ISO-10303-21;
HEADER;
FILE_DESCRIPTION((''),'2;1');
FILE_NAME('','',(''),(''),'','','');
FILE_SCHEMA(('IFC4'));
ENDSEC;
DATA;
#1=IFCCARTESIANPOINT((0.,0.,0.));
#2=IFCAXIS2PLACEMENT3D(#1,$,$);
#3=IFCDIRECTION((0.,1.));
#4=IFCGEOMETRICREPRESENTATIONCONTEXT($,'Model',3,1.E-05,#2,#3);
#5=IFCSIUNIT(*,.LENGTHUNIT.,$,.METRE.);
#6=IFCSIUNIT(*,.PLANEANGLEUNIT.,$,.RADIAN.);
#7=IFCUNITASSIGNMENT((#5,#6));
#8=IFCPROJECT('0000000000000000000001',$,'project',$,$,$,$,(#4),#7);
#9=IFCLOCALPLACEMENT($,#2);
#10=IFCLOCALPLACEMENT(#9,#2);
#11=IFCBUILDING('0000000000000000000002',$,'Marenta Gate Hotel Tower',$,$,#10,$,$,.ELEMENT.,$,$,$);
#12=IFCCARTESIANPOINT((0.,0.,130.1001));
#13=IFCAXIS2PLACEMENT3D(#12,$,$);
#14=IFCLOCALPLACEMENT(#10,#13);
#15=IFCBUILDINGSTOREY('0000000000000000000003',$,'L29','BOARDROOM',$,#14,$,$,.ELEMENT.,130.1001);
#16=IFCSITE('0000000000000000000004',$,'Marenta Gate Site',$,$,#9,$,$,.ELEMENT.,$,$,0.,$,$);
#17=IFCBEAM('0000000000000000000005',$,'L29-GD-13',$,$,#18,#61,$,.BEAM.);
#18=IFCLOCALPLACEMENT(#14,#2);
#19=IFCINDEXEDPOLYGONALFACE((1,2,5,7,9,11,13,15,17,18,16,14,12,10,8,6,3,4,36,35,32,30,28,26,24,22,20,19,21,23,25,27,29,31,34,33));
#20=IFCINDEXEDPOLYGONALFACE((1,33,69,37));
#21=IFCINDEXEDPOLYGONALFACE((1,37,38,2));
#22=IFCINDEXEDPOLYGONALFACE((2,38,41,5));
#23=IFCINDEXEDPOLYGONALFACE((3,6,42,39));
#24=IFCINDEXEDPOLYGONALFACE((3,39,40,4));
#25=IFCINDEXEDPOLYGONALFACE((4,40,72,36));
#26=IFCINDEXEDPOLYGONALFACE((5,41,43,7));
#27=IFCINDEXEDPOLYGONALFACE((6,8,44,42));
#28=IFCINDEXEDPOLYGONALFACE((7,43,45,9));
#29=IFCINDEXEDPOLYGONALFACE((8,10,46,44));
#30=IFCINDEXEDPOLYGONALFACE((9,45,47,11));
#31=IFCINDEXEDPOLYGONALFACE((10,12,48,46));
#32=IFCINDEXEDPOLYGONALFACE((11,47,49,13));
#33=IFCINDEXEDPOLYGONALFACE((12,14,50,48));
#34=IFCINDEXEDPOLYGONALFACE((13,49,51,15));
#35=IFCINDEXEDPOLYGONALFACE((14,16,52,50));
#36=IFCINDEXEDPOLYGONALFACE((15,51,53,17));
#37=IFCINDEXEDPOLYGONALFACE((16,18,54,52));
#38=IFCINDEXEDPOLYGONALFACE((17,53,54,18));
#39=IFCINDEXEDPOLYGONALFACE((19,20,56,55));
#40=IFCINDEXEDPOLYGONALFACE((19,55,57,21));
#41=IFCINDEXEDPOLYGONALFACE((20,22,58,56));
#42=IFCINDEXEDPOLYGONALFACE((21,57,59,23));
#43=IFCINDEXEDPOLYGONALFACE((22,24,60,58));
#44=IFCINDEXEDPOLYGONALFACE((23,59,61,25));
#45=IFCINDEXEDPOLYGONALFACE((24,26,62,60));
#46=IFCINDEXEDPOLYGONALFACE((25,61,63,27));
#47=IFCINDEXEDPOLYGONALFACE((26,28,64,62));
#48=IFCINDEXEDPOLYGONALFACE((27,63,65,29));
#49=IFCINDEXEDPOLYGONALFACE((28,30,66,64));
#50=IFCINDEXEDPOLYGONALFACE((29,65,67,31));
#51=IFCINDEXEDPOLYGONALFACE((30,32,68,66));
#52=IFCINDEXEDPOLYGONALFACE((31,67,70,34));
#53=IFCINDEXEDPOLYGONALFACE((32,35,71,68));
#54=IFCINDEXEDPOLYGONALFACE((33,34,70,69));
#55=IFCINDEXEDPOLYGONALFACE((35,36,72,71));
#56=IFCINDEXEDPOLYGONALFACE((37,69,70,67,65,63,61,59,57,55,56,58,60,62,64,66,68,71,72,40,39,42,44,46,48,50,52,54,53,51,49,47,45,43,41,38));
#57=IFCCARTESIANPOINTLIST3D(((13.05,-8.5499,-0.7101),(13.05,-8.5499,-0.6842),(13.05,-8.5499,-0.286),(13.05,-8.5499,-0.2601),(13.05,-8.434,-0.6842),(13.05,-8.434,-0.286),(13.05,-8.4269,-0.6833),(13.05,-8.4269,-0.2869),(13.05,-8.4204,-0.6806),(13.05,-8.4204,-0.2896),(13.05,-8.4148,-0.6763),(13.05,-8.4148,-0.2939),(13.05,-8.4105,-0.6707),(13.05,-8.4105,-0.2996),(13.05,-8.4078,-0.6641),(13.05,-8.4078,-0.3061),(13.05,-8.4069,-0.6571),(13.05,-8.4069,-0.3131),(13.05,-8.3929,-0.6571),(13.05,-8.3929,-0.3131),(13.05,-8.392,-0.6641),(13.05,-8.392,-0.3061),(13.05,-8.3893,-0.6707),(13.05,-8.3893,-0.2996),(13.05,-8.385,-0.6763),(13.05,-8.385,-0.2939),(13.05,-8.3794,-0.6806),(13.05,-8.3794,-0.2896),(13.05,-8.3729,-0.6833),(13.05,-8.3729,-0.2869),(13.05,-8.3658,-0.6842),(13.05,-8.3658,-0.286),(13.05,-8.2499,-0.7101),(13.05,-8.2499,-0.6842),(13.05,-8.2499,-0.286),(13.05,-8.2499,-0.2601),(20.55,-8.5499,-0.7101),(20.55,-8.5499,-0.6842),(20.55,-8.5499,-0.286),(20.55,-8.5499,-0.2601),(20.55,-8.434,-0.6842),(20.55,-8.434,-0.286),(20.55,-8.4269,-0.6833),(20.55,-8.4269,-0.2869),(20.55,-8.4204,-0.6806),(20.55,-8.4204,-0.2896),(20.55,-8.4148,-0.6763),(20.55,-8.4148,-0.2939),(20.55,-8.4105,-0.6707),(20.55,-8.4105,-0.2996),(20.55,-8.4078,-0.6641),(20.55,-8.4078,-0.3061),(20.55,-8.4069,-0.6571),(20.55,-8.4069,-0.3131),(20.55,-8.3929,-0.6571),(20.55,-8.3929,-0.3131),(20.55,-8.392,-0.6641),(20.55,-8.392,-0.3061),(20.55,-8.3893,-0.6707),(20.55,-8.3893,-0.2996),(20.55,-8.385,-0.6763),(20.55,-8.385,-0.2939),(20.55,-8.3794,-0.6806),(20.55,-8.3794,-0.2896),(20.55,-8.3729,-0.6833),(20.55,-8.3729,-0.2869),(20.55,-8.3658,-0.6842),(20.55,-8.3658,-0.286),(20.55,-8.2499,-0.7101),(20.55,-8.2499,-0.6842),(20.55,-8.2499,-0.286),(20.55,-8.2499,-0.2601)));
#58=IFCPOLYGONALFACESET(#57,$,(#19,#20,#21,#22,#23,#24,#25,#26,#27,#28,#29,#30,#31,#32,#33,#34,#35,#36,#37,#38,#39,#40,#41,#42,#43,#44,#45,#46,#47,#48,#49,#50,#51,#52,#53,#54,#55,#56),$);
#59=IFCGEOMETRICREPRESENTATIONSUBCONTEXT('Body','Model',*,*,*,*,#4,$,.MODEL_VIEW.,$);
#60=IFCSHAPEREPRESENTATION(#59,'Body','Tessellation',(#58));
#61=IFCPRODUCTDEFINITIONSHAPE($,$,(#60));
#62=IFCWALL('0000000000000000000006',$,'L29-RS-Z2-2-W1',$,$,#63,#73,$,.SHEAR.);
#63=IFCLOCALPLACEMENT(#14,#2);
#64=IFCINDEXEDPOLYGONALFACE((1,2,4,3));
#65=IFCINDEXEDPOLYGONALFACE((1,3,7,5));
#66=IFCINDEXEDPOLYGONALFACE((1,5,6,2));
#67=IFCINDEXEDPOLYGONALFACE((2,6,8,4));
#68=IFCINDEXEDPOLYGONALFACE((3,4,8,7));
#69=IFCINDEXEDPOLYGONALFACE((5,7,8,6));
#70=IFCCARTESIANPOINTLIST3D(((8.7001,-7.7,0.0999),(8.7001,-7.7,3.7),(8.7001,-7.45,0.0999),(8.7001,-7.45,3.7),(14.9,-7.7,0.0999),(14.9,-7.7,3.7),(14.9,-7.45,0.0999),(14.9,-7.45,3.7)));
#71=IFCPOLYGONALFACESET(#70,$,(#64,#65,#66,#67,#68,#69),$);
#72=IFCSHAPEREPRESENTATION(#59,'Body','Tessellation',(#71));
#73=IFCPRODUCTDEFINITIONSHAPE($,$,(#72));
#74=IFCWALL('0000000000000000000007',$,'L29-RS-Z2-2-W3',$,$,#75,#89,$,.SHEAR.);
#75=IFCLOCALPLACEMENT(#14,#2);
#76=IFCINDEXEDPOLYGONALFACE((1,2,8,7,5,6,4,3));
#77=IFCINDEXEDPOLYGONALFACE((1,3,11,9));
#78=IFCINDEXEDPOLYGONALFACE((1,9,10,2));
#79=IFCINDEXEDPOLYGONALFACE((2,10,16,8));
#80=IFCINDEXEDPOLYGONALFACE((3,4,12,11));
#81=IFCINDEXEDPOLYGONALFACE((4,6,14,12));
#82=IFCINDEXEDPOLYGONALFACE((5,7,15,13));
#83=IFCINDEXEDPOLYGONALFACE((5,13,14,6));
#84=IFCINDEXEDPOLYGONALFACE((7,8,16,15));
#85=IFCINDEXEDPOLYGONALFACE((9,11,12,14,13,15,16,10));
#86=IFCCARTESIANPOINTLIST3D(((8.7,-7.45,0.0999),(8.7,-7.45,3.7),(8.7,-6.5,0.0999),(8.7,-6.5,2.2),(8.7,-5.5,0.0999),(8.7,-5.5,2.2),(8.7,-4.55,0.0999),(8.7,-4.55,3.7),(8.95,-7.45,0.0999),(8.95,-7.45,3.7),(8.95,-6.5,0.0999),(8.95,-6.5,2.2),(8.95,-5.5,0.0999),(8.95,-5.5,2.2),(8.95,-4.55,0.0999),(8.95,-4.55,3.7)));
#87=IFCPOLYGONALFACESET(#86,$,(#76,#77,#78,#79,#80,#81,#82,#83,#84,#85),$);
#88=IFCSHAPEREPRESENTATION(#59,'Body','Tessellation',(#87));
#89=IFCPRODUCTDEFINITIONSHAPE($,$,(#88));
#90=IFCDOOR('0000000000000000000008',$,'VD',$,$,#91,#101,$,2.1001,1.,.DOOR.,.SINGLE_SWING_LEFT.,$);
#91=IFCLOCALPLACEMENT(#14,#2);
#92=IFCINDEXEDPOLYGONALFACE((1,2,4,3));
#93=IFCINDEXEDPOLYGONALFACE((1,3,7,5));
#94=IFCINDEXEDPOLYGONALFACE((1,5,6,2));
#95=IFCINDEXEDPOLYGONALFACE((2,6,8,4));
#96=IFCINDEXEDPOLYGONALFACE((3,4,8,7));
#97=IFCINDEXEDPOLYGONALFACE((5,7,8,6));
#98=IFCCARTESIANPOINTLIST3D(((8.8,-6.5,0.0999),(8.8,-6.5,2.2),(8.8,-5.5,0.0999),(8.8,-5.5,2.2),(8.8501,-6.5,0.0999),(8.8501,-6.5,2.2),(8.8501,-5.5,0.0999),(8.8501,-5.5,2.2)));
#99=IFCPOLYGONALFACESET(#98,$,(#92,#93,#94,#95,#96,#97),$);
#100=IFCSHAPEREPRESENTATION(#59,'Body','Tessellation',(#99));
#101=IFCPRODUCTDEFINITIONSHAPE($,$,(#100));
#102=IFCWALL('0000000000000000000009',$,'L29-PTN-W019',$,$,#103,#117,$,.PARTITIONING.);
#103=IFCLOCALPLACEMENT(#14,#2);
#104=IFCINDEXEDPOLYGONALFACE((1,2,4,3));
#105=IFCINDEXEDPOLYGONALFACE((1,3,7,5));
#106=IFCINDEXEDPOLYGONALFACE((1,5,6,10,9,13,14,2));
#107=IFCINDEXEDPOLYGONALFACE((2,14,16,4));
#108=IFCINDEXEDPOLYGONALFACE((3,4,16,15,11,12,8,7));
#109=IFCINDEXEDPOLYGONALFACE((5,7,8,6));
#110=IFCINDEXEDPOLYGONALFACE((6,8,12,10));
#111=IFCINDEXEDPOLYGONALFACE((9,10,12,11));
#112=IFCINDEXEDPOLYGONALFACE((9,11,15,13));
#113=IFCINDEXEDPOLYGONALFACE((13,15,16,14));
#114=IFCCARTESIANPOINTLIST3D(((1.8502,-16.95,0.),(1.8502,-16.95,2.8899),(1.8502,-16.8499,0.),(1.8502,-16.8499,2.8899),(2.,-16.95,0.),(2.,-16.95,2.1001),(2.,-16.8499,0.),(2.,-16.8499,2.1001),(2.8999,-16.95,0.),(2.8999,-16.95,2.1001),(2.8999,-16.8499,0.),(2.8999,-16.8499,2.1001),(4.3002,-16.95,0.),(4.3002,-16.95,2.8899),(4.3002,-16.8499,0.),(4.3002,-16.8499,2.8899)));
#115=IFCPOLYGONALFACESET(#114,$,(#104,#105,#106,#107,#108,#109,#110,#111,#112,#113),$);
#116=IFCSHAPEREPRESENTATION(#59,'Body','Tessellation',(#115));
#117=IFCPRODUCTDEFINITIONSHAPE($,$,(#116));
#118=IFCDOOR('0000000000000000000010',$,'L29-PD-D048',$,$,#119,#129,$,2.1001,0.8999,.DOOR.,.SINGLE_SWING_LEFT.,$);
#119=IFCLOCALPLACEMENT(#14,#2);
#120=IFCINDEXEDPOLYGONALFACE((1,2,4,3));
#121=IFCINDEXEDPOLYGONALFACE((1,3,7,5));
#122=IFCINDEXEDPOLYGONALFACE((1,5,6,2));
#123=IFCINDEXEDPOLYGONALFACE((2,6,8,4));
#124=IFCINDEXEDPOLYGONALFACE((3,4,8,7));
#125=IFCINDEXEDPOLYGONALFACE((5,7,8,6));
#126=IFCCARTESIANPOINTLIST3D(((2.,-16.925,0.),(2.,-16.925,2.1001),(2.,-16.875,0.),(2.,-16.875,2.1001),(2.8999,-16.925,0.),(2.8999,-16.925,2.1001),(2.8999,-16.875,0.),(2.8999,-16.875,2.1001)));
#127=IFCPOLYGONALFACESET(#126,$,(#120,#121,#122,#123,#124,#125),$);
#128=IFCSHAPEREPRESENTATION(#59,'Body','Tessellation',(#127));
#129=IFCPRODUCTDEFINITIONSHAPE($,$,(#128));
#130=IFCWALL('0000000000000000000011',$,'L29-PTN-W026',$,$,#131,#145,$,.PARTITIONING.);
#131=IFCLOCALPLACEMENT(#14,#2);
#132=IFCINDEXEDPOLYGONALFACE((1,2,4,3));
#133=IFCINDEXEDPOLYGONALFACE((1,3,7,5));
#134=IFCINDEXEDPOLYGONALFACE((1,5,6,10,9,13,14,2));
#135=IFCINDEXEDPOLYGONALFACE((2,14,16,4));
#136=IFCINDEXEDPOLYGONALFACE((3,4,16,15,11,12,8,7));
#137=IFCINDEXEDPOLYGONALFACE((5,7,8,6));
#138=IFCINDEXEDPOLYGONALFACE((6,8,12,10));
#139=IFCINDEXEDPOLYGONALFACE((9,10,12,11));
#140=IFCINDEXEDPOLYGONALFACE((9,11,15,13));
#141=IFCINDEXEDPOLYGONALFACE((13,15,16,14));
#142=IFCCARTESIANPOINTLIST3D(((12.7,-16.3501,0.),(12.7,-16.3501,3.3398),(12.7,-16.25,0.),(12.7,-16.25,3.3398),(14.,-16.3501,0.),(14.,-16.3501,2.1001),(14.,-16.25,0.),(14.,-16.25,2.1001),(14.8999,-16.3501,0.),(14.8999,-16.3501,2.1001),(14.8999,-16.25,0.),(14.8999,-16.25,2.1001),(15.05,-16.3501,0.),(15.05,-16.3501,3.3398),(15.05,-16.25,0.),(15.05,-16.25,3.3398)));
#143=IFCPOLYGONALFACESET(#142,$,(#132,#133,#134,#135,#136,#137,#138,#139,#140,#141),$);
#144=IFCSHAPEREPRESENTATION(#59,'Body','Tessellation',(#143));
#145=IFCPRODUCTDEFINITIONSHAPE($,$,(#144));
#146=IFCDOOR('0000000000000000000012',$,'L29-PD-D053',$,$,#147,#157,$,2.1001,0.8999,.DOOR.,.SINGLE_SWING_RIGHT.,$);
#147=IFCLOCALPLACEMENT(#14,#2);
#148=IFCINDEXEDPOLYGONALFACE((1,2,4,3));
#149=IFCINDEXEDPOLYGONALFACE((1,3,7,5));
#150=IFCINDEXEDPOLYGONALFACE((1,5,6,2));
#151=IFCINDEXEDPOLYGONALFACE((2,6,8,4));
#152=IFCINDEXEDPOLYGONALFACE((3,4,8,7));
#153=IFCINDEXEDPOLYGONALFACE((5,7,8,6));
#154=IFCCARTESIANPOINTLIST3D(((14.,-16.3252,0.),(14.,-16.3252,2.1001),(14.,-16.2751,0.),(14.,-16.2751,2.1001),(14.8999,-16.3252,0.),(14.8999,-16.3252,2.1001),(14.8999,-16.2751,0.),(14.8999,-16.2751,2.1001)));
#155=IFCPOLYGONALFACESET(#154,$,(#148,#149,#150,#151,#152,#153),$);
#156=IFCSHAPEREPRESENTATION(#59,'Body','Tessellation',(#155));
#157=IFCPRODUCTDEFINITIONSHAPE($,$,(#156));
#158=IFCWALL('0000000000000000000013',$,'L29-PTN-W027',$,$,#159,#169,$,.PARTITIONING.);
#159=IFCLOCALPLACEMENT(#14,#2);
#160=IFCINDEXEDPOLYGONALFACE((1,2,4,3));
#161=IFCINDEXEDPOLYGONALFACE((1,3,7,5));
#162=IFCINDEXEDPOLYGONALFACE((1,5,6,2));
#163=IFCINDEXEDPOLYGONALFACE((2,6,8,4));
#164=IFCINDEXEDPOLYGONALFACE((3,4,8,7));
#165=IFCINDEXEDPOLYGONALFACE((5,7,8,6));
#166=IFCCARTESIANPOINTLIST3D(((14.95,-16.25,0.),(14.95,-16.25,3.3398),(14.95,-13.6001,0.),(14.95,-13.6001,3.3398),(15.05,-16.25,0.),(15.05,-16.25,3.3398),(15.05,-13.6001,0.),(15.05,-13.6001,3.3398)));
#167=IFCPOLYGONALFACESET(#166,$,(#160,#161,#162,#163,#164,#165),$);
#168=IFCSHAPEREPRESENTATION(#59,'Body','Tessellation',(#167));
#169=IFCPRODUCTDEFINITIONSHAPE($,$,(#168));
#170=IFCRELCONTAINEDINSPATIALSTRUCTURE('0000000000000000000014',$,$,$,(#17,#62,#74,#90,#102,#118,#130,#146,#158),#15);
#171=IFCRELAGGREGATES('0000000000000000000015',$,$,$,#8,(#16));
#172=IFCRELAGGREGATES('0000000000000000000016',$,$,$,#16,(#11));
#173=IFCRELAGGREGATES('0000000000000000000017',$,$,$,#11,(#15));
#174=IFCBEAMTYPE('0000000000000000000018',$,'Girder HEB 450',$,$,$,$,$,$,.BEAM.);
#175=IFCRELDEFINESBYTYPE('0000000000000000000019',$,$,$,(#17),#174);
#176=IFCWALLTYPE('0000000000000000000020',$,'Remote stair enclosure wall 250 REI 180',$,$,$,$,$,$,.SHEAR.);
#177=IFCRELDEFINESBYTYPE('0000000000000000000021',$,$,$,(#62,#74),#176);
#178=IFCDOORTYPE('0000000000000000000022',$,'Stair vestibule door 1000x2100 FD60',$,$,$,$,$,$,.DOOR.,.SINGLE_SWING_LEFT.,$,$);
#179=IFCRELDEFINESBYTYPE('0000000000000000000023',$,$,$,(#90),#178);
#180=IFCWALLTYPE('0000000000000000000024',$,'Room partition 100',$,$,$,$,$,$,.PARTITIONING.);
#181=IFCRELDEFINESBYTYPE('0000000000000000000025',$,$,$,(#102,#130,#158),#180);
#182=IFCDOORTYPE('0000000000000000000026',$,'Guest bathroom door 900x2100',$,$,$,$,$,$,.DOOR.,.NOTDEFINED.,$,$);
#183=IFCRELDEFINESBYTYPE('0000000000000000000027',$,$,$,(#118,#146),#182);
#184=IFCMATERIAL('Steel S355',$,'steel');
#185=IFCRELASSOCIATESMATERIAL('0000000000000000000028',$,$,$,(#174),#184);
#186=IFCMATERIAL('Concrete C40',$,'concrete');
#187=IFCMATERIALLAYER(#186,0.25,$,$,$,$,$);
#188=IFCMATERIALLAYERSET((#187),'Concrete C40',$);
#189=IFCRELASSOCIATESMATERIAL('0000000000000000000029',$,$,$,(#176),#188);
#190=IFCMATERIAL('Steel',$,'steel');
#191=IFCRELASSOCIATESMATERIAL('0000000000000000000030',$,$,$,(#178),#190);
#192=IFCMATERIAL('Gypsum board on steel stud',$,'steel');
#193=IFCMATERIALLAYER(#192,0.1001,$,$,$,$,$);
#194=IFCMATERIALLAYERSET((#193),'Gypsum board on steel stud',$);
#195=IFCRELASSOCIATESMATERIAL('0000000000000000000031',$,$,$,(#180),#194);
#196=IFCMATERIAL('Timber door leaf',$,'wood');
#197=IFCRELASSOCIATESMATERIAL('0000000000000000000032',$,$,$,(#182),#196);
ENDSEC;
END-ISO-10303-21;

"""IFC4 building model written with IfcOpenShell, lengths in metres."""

from ifc_helpers import new_model, si_unit, direction, frame, frame_2d, origin, origin_2d, place, context, subcontext, project, spatial, rectangle, i_section, extrude, material, layer, layer_set, material_profile, profile_set, type_object, element, fill, save


model = new_model("IFC4")

# Units and contexts
model_context = context("Model", 3, precision=1e-05, world=origin(), true_north=direction((0.0, 1.0)))
body_context = subcontext(model_context, "Body", "Model", "MODEL_VIEW")
ifc_project = project(units=[si_unit("LENGTHUNIT", "METRE"), si_unit("PLANEANGLEUNIT", "RADIAN")], contexts=[model_context])

# Site, building, storey
site_placement = place(None, origin())
site = spatial("IfcSite", under=ifc_project, at=site_placement, Name="Marenta Gate Site", CompositionType="ELEMENT", RefElevation=0.0)
building_placement = place(site_placement, origin())
building = spatial("IfcBuilding", under=site, at=building_placement, Name="Marenta Gate Hotel Tower", CompositionType="ELEMENT")
storey_placement = place(building_placement, frame((0.0, 0.0, 130.1001)))
storey = spatial("IfcBuildingStorey", under=building, at=storey_placement, Name="L29", Description="BOARDROOM", CompositionType="ELEMENT", Elevation=130.1001)

# Beam
ifc_material_1 = material(Name="Steel S355", Category="steel")
ifc_material_profile_1 = material_profile(ifc_material_1, i_section(OverallWidth=0.3, OverallDepth=0.45, WebThickness=0.0139, FlangeThickness=0.0259, FilletRadius=0.0271, at=origin_2d()), Name="HEB 450")
ifc_profile_set_1 = profile_set([ifc_material_profile_1], Name="Steel S355")
beam_type = type_object("IfcBeamType", Name="Girder HEB 450", PredefinedType="BEAM", material=ifc_profile_set_1)
for number, where, z_axis, x_axis, name in (
    (1, (13.05, -8.3999, -0.4851), (1.0, 0.0, 0.0), (0.0, 1.0, 0.0), "L29-GD-13"),
):
    element("IfcBeam", number, at=place(storey_placement, frame(where, z_axis=z_axis, x_axis=x_axis)), inside=storey, type_object=beam_type, Name=name, PredefinedType="BEAM", context=body_context, shape_type="SweptSolid", body=[
        extrude(i_section(OverallWidth=0.3, OverallDepth=0.45, WebThickness=0.0139, FlangeThickness=0.0259, FilletRadius=0.0271, at=origin_2d()), origin(), (0.0, 0.0, 1.0), 7.5),
    ])

# Wall
ifc_material_2 = material(Name="Concrete C40", Category="concrete")
ifc_layer_1 = layer(ifc_material_2, 0.25)
ifc_layer_set_1 = layer_set([ifc_layer_1], Name="Concrete C40")
wall_type_1 = type_object("IfcWallType", Name="Remote stair enclosure wall 250 REI 180", PredefinedType="SHEAR", material=ifc_layer_set_1)
wall_1_placement = place(storey_placement, frame((8.7, -7.575, 0.0999), z_axis=(0.0, 0.0, 1.0), x_axis=(1.0, 0.0, 0.0)))
element("IfcWall", 2, at=wall_1_placement, inside=storey, type_object=wall_type_1, Name="L29-RS-Z2-2-W1", PredefinedType="SHEAR", context=body_context, shape_type="SweptSolid", body=[
    extrude(rectangle(XDim=6.2, YDim=0.25, at=frame_2d((3.1001, 0.0))), origin(), (0.0, 0.0, 1.0), 3.6001),
])

# Walls, openings, doors
wall_2_placement = place(storey_placement, frame((8.825, -7.45, 0.0999), z_axis=(0.0, 0.0, 1.0), x_axis=(0.0, 1.0, 0.0)))
wall_2 = element("IfcWall", 3, at=wall_2_placement, inside=storey, type_object=wall_type_1, Name="L29-RS-Z2-2-W3", PredefinedType="SHEAR", context=body_context, shape_type="SweptSolid", body=[
    extrude(rectangle(XDim=2.8999, YDim=0.25, at=frame_2d((1.45, 0.0))), origin(), (0.0, 0.0, 1.0), 3.6001),
])
opening_1_placement = place(wall_2_placement, frame((0.95, 0.0, 0.0)))
opening_1 = element("IfcOpeningElement", 4, at=opening_1_placement, cuts=wall_2, PredefinedType="OPENING", context=body_context, shape_type="SweptSolid", body=[
    extrude(rectangle(XDim=1.0, YDim=2.1001, at=frame_2d((0.5, 1.05))), frame((0.0, 0.125, 0.0), z_axis=(0.0, -1.0, 0.0), x_axis=(1.0, 0.0, 0.0)), (0.0, 0.0, 1.0), 0.25),
])
ifc_material_3 = material(Name="Steel", Category="steel")
door_type_1 = type_object("IfcDoorType", Name="Stair vestibule door 1000x2100 FD60", OperationType="SINGLE_SWING_LEFT", PredefinedType="DOOR", material=ifc_material_3)
door_1_placement = place(opening_1_placement, origin())
door_1 = element("IfcDoor", 5, at=door_1_placement, inside=storey, type_object=door_type_1, Name="VD", OperationType="SINGLE_SWING_LEFT", OverallHeight=2.1001, OverallWidth=1.0, PredefinedType="DOOR", context=body_context, shape_type="SweptSolid", body=[
    extrude(rectangle(XDim=1.0, YDim=2.1001, at=frame_2d((0.5, 1.05))), frame((0.0, 0.0249, 0.0), z_axis=(0.0, -1.0, 0.0), x_axis=(1.0, 0.0, 0.0)), (0.0, 0.0, 1.0), 0.05),
])
fill(opening_1, door_1)
ifc_material_4 = material(Name="Gypsum board on steel stud", Category="steel")
ifc_layer_2 = layer(ifc_material_4, 0.1001)
ifc_layer_set_2 = layer_set([ifc_layer_2], Name="Gypsum board on steel stud")
wall_type_2 = type_object("IfcWallType", Name="Room partition 100", PredefinedType="PARTITIONING", material=ifc_layer_set_2)
wall_3_placement = place(storey_placement, frame((1.8501, -16.8999, 0.0), z_axis=(0.0, 0.0, 1.0), x_axis=(1.0, 0.0, 0.0)))
wall_3 = element("IfcWall", 6, at=wall_3_placement, inside=storey, type_object=wall_type_2, Name="L29-PTN-W019", PredefinedType="PARTITIONING", context=body_context, shape_type="SweptSolid", body=[
    extrude(rectangle(XDim=2.45, YDim=0.1001, at=frame_2d((1.2251, 0.0))), origin(), (0.0, 0.0, 1.0), 2.8899),
])
opening_2_placement = place(wall_3_placement, frame((0.1499, 0.0, 0.0)))
opening_2 = element("IfcOpeningElement", 7, at=opening_2_placement, cuts=wall_3, PredefinedType="OPENING", context=body_context, shape_type="SweptSolid", body=[
    extrude(rectangle(XDim=0.8999, YDim=2.1001, at=frame_2d((0.45, 1.05))), frame((0.0, 0.05, 0.0), z_axis=(0.0, -1.0, 0.0), x_axis=(1.0, 0.0, 0.0)), (0.0, 0.0, 1.0), 0.1001),
])
ifc_material_5 = material(Name="Timber door leaf", Category="wood")
door_type_2 = type_object("IfcDoorType", Name="Guest bathroom door 900x2100", OperationType="NOTDEFINED", PredefinedType="DOOR", material=ifc_material_5)
door_2_placement = place(opening_2_placement, origin())
door_2 = element("IfcDoor", 8, at=door_2_placement, inside=storey, type_object=door_type_2, Name="L29-PD-D048", OperationType="SINGLE_SWING_LEFT", OverallHeight=2.1001, OverallWidth=0.8999, PredefinedType="DOOR", context=body_context, shape_type="SweptSolid", body=[
    extrude(rectangle(XDim=0.8999, YDim=2.1001, at=frame_2d((0.45, 1.05))), frame((0.0, 0.0249, 0.0), z_axis=(0.0, -1.0, 0.0), x_axis=(1.0, 0.0, 0.0)), (0.0, 0.0, 1.0), 0.05),
])
fill(opening_2, door_2)
wall_4_placement = place(storey_placement, frame((12.7, -16.3, 0.0), z_axis=(0.0, 0.0, 1.0), x_axis=(1.0, 0.0, 0.0)))
wall_4 = element("IfcWall", 9, at=wall_4_placement, inside=storey, type_object=wall_type_2, Name="L29-PTN-W026", PredefinedType="PARTITIONING", context=body_context, shape_type="SweptSolid", body=[
    extrude(rectangle(XDim=2.3501, YDim=0.1001, at=frame_2d((1.175, 0.0))), origin(), (0.0, 0.0, 1.0), 3.3398),
])
opening_3_placement = place(wall_4_placement, frame((1.3, 0.0, 0.0)))
opening_3 = element("IfcOpeningElement", 10, at=opening_3_placement, cuts=wall_4, PredefinedType="OPENING", context=body_context, shape_type="SweptSolid", body=[
    extrude(rectangle(XDim=0.8999, YDim=2.1001, at=frame_2d((0.45, 1.05))), frame((0.0, 0.05, 0.0), z_axis=(0.0, -1.0, 0.0), x_axis=(1.0, 0.0, 0.0)), (0.0, 0.0, 1.0), 0.1001),
])
door_3_placement = place(opening_3_placement, origin())
door_3 = element("IfcDoor", 11, at=door_3_placement, inside=storey, type_object=door_type_2, Name="L29-PD-D053", OperationType="SINGLE_SWING_RIGHT", OverallHeight=2.1001, OverallWidth=0.8999, PredefinedType="DOOR", context=body_context, shape_type="SweptSolid", body=[
    extrude(rectangle(XDim=0.8999, YDim=2.1001, at=frame_2d((0.45, 1.05))), frame((0.0, 0.0249, 0.0), z_axis=(0.0, -1.0, 0.0), x_axis=(1.0, 0.0, 0.0)), (0.0, 0.0, 1.0), 0.05),
])
fill(opening_3, door_3)

# Wall
wall_5_placement = place(storey_placement, frame((15.0, -16.25, 0.0), z_axis=(0.0, 0.0, 1.0), x_axis=(0.0, 1.0, 0.0)))
element("IfcWall", 12, at=wall_5_placement, inside=storey, type_object=wall_type_2, Name="L29-PTN-W027", PredefinedType="PARTITIONING", context=body_context, shape_type="SweptSolid", body=[
    extrude(rectangle(XDim=2.6499, YDim=0.1001, at=frame_2d((1.325, 0.0))), origin(), (0.0, 0.0, 1.0), 3.3398),
])

save(model, "model.ifc")
